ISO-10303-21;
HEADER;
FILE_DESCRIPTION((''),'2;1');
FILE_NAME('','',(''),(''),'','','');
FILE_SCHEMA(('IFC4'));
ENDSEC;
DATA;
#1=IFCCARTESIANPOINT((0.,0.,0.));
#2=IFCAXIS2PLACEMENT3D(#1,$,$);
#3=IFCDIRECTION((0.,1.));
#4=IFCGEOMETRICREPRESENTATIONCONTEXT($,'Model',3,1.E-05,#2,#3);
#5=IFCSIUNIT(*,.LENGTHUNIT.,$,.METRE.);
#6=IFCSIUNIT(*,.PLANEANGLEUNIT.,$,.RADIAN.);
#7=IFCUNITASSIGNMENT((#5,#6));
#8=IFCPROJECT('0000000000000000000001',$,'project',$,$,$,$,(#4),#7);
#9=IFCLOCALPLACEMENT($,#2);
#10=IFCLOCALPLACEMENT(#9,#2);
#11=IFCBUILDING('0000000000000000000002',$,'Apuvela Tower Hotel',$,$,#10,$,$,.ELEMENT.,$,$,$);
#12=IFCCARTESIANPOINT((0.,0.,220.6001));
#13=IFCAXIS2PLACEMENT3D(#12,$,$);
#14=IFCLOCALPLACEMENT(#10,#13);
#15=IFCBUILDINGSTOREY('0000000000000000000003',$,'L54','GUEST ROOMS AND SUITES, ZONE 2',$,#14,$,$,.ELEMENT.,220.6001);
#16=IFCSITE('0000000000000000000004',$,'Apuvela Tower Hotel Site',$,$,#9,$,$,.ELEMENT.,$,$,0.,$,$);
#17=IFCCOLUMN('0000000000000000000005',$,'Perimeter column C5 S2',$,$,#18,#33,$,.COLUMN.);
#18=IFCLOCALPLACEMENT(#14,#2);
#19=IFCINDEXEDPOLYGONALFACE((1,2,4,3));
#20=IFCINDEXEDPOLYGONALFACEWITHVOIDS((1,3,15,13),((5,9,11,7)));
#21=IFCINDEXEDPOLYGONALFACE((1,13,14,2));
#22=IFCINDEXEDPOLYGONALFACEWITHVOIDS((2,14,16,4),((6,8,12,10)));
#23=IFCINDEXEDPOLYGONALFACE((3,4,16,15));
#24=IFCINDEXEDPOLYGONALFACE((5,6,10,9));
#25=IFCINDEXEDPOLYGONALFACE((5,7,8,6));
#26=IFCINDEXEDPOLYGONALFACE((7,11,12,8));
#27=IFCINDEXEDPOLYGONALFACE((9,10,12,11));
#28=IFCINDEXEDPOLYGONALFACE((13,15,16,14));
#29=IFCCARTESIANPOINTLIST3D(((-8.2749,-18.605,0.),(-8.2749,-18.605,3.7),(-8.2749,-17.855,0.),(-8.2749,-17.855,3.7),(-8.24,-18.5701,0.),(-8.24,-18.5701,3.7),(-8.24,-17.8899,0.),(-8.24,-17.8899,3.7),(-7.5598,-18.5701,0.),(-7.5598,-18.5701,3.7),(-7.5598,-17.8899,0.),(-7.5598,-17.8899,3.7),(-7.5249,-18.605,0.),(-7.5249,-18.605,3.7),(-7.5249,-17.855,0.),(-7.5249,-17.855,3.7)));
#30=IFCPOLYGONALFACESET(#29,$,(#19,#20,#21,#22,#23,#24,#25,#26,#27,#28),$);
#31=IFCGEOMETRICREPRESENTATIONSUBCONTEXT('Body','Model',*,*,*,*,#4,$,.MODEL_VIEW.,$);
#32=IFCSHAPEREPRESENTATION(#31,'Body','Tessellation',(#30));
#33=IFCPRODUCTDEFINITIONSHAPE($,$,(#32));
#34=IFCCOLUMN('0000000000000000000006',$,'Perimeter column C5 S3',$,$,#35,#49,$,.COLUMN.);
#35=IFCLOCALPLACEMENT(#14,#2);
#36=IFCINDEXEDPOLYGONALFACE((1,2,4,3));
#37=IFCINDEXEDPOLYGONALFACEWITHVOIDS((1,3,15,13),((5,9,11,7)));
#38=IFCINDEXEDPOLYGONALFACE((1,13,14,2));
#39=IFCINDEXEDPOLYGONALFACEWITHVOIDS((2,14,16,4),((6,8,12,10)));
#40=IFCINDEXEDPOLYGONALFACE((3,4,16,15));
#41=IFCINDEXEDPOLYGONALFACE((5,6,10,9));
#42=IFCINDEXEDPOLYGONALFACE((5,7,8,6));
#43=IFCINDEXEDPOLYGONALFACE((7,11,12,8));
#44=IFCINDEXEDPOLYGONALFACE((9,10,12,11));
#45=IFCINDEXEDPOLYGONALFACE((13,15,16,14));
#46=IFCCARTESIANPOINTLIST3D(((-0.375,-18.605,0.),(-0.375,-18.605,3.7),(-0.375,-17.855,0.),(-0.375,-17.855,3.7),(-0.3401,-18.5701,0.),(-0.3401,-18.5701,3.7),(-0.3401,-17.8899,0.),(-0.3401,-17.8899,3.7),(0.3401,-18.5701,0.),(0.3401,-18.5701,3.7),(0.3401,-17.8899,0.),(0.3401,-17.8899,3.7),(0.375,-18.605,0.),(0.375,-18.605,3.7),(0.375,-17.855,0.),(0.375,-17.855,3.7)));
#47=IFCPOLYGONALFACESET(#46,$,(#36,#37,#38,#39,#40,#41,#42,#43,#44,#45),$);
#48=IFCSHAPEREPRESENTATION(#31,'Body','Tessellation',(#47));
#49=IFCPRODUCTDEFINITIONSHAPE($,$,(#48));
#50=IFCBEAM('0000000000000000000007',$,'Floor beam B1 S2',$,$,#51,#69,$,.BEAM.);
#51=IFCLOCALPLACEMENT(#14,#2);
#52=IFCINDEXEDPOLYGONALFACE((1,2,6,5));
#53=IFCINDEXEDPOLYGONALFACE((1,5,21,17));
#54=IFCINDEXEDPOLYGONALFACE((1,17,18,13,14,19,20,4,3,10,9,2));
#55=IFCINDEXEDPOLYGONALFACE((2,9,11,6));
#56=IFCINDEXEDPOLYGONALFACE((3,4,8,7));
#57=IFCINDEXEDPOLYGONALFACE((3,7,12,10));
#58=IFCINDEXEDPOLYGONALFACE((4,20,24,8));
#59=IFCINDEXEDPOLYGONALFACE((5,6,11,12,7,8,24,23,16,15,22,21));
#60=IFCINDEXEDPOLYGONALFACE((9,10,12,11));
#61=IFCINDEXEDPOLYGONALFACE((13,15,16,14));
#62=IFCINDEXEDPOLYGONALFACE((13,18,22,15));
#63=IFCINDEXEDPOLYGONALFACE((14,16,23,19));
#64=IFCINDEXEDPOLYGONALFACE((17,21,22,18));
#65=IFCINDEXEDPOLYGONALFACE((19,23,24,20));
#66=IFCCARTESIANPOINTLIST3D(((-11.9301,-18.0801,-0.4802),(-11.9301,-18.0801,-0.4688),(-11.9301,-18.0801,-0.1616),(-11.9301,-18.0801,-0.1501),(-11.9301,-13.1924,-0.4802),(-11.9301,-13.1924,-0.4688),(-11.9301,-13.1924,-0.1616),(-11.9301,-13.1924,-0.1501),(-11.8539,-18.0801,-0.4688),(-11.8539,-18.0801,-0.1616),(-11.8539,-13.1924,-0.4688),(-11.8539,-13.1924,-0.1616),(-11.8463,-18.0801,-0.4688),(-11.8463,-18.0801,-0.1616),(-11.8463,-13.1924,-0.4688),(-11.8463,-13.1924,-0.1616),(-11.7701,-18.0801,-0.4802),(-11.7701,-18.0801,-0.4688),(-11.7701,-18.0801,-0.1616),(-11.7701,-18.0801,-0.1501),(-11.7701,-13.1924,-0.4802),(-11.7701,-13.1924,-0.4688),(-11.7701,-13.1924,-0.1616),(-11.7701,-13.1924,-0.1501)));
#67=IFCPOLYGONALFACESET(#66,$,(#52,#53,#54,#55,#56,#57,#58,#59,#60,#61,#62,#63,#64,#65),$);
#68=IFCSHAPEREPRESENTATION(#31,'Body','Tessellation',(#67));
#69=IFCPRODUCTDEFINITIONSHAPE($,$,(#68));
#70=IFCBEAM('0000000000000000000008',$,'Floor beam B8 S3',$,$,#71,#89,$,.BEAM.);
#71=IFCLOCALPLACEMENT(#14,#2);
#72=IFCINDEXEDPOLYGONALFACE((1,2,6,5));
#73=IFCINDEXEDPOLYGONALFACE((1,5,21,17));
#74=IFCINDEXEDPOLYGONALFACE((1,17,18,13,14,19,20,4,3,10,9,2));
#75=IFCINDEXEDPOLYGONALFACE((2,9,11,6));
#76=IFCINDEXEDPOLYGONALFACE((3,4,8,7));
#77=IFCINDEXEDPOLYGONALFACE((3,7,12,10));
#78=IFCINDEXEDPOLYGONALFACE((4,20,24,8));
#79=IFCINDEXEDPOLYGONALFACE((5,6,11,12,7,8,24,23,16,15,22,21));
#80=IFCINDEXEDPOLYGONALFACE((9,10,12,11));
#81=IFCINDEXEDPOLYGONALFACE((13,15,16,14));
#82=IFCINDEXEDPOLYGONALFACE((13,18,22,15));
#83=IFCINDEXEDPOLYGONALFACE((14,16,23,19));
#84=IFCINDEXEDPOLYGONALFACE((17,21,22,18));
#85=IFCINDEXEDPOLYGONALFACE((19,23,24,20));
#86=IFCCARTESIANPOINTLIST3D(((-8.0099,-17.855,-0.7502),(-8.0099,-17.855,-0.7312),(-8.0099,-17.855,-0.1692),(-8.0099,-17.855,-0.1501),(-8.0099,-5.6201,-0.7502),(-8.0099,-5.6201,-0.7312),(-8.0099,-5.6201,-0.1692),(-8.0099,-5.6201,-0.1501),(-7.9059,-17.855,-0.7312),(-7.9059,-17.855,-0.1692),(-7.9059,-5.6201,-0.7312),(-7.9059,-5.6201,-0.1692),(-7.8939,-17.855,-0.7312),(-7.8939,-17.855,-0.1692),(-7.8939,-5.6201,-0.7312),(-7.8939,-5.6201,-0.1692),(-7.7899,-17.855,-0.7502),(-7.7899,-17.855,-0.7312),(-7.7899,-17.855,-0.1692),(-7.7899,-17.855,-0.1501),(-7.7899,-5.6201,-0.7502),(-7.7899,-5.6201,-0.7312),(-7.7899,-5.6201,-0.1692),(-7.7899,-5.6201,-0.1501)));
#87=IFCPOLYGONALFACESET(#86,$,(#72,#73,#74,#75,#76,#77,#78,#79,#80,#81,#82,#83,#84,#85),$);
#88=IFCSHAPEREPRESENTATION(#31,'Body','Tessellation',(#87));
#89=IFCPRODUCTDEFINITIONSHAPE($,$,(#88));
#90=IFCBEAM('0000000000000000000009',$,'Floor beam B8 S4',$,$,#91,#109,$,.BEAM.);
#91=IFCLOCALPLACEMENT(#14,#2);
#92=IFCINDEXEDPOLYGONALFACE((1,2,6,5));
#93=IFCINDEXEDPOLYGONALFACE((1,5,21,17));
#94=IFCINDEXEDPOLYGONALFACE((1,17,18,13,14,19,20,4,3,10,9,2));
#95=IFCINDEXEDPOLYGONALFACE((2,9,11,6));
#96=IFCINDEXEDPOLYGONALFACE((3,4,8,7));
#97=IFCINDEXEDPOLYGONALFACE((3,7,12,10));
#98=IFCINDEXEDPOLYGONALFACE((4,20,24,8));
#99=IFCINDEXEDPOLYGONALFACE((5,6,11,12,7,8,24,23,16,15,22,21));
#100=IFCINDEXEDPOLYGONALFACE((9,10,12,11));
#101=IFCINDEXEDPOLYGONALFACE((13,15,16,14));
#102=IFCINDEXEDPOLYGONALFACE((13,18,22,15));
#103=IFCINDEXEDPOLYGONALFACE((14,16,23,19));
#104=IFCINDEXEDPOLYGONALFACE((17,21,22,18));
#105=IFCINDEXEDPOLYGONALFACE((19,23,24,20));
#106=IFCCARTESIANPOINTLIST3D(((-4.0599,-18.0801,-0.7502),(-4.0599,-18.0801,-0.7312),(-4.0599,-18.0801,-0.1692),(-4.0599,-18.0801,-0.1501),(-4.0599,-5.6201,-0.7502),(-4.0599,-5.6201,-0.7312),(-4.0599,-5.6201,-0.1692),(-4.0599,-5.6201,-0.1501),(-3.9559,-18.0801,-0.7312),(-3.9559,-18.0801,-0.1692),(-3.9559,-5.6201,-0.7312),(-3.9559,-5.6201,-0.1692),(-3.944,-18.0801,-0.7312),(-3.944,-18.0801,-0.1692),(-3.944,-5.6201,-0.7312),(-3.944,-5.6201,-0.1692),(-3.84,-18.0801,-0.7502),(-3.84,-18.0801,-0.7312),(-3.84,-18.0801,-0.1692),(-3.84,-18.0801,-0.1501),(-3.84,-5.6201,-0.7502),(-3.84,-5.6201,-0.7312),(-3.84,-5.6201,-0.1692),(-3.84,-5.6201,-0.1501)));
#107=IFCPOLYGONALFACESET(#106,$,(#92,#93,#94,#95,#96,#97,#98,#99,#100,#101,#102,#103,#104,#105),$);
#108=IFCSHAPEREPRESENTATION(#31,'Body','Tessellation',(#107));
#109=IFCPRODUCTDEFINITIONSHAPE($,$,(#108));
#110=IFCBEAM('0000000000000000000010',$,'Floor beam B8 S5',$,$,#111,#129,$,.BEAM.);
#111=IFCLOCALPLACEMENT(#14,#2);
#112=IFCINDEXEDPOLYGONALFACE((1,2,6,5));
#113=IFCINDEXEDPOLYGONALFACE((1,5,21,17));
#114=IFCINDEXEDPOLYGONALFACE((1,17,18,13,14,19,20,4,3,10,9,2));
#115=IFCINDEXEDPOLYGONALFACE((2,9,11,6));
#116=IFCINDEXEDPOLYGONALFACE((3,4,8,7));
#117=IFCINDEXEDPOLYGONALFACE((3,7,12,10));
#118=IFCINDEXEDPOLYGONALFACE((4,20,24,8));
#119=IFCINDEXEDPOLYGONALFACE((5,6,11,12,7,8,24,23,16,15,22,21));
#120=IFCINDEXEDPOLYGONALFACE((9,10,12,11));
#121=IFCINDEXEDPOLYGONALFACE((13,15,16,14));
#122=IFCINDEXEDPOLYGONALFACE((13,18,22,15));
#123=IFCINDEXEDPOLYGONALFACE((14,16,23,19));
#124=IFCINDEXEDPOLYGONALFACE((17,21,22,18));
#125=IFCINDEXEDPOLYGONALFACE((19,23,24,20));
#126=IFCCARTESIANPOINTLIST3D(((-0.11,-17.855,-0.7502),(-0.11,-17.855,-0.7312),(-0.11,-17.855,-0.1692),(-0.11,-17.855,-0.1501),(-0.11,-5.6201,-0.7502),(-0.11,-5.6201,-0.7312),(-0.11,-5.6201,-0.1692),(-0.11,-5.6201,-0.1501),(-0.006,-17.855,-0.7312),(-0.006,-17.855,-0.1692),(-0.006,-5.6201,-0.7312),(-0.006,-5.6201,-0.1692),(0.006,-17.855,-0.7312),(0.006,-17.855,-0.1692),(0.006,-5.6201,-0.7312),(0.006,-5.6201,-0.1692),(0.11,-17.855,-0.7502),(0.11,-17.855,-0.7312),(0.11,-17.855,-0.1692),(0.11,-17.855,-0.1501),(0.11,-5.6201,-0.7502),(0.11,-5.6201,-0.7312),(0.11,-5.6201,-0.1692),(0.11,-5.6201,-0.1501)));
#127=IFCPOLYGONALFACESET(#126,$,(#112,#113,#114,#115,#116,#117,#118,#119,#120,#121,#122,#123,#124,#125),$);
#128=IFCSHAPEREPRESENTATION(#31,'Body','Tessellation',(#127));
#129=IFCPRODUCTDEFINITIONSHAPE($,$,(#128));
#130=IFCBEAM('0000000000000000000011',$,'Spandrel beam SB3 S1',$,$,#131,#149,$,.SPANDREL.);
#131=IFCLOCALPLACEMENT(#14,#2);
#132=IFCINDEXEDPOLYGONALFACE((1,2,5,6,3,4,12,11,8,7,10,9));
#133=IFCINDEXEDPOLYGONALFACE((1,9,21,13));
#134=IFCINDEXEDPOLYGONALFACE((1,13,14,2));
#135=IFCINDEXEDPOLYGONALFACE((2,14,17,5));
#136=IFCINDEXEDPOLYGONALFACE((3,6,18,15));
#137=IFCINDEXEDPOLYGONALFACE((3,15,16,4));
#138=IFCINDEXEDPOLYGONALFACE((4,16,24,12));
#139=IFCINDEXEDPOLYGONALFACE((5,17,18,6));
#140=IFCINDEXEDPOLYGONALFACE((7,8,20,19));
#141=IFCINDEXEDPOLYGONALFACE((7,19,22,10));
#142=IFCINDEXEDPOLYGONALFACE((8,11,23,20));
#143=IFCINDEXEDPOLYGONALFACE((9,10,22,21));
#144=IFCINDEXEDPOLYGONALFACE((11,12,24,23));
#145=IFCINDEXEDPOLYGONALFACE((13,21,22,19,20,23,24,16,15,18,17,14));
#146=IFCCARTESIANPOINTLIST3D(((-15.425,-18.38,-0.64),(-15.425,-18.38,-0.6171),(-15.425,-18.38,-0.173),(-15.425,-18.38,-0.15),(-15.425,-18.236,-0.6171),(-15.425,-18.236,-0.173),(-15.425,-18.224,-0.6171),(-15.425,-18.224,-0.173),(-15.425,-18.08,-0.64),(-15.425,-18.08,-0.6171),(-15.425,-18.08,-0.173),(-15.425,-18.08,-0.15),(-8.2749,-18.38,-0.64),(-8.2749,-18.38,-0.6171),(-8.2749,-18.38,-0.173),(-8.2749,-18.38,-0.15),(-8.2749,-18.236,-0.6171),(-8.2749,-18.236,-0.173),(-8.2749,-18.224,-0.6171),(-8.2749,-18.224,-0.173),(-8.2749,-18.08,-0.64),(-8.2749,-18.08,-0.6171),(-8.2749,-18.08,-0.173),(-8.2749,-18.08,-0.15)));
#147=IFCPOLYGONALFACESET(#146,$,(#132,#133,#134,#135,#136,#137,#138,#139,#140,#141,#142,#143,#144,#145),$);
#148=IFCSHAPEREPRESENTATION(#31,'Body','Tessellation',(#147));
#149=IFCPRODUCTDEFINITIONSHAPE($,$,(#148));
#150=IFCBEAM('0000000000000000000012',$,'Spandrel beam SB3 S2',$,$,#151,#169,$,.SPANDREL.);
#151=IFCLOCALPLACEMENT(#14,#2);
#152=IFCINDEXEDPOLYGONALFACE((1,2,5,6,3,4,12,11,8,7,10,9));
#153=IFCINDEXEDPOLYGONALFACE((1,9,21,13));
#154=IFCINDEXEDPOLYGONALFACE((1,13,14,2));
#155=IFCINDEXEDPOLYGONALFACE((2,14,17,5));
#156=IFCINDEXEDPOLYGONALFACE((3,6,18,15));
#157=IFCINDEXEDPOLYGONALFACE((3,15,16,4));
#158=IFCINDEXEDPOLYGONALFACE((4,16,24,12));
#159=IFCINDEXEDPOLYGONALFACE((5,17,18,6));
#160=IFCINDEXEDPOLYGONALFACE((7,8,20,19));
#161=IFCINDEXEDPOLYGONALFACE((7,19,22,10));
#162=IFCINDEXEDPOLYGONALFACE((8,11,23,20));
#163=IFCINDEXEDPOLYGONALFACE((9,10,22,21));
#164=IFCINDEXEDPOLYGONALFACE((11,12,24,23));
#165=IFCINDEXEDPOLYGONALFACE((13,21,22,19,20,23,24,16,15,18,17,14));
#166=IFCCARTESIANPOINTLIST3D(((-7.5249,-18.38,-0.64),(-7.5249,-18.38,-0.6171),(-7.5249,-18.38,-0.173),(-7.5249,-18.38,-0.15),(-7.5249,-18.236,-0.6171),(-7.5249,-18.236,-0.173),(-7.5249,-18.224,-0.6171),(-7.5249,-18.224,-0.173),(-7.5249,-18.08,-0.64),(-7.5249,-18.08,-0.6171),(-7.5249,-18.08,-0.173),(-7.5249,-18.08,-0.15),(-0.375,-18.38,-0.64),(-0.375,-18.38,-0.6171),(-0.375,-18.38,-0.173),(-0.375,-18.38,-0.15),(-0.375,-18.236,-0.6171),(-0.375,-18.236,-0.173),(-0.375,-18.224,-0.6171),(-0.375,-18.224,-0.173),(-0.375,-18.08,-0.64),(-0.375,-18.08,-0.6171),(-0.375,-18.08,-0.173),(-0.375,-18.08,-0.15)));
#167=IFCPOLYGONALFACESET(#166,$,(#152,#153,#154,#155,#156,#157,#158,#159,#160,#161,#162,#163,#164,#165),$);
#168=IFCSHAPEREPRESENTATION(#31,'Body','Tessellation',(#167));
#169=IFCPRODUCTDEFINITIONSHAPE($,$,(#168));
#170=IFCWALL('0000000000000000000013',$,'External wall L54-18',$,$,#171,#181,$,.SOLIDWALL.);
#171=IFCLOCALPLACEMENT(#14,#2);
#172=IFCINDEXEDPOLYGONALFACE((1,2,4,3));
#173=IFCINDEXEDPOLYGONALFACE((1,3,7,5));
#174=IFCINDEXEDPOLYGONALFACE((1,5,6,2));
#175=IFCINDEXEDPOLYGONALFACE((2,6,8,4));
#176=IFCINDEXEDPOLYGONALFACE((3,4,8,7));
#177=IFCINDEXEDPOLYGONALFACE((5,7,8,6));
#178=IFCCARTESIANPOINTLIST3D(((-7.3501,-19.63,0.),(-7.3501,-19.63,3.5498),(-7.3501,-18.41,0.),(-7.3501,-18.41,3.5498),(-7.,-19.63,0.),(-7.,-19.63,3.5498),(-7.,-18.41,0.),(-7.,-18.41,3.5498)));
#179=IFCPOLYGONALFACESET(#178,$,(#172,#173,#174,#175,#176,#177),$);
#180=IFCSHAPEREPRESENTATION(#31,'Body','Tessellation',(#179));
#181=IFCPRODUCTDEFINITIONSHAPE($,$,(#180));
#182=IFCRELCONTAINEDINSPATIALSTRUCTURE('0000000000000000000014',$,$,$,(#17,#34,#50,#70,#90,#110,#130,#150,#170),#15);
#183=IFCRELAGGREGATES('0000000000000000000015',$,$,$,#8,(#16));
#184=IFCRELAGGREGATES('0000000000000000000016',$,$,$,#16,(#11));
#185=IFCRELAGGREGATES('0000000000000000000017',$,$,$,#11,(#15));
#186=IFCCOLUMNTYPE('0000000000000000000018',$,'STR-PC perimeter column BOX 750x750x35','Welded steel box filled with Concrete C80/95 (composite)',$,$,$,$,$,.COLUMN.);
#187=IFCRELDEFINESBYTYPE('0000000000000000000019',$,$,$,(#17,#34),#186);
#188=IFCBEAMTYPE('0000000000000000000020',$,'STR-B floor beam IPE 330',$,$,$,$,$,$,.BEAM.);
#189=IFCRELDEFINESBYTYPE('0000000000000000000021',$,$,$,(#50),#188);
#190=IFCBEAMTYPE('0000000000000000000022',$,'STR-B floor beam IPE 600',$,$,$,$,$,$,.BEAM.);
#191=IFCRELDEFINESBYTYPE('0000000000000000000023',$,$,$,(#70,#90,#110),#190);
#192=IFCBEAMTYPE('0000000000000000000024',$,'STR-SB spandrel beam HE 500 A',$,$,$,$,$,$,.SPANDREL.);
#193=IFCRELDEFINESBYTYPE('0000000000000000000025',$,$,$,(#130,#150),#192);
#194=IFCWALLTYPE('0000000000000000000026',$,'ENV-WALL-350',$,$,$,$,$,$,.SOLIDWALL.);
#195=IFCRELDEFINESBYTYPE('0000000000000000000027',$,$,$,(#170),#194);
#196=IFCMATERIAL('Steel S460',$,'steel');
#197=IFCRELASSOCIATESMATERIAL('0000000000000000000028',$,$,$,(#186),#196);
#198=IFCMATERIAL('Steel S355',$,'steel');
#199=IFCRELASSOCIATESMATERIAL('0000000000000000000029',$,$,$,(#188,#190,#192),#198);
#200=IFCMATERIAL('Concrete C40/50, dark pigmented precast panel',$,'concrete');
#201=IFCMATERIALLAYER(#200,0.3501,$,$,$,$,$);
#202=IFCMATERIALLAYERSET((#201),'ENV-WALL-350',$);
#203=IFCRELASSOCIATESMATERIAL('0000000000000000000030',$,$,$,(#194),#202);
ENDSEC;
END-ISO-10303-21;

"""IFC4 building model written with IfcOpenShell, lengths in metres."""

from ifc_helpers import new_model, si_unit, direction, frame, frame_2d, origin, origin_2d, place, context, subcontext, project, spatial, rectangle, hollow_rectangle, i_section, extrude, material, layer, layer_set, material_profile, profile_set, type_object, element, save


model = new_model("IFC4")

# Units and contexts
model_context = context("Model", 3, precision=1e-05, world=origin(), true_north=direction((0.0, 1.0)))
body_context = subcontext(model_context, "Body", "Model", "MODEL_VIEW")
ifc_project = project(units=[si_unit("LENGTHUNIT", "METRE"), si_unit("PLANEANGLEUNIT", "RADIAN")], contexts=[model_context])

# Site, building, storey
site_placement = place(None, origin())
site = spatial("IfcSite", under=ifc_project, at=site_placement, Name="Apuvela Tower Hotel Site", CompositionType="ELEMENT", RefElevation=0.0)
building_placement = place(site_placement, origin())
building = spatial("IfcBuilding", under=site, at=building_placement, Name="Apuvela Tower Hotel", CompositionType="ELEMENT")
storey_placement = place(building_placement, frame((0.0, 0.0, 220.6001)))
storey = spatial("IfcBuildingStorey", under=building, at=storey_placement, Name="L54", Description="GUEST ROOMS AND SUITES, ZONE 2", CompositionType="ELEMENT", Elevation=220.6001)

# Columns
ifc_material_1 = material(Name="Steel S460", Category="steel")
ifc_material_profile_1 = material_profile(ifc_material_1, hollow_rectangle(XDim=0.75, YDim=0.75, WallThickness=0.0349, at=origin_2d()), Name="BOX 750x750x35")
ifc_material_2 = material(Name="Concrete C80/95", Category="concrete")
ifc_material_profile_2 = material_profile(ifc_material_2, rectangle(XDim=0.6799, YDim=0.6799, at=origin_2d()), Name="Concrete C80/95 infill")
ifc_profile_set_1 = profile_set([ifc_material_profile_1, ifc_material_profile_2], Name="Steel S460")
column_type = type_object("IfcColumnType", Name="STR-PC perimeter column BOX 750x750x35", Description="Welded steel box filled with Concrete C80/95 (composite)", PredefinedType="COLUMN", material=ifc_profile_set_1)
for number, where, z_axis, x_axis, name in (
    (1, (-7.8999, -18.23, 0.0), (0.0, 0.0, 1.0), (-1.0, 0.0, 0.0), "Perimeter column C5 S2"),
    (2, (0.0, -18.23, 0.0), (0.0, 0.0, 1.0), (-1.0, 0.0, 0.0), "Perimeter column C5 S3"),
):
    element("IfcColumn", number, at=place(storey_placement, frame(where, z_axis=z_axis, x_axis=x_axis)), inside=storey, type_object=column_type, Name=name, PredefinedType="COLUMN", context=body_context, shape_type="SweptSolid", body=[
        extrude(hollow_rectangle(XDim=0.75, YDim=0.75, WallThickness=0.0349, at=origin_2d()), origin(), (0.0, 0.0, 1.0), 3.7),
    ])

# Beams
ifc_material_3 = material(Name="Steel S355", Category="steel")
ifc_material_profile_3 = material_profile(ifc_material_3, i_section(OverallWidth=0.1599, OverallDepth=0.3301, WebThickness=0.0076, FlangeThickness=0.0115, at=origin_2d()), Name="IPE 330")
ifc_profile_set_2 = profile_set([ifc_material_profile_3], Name="Steel S355")
beam_type_1 = type_object("IfcBeamType", Name="STR-B floor beam IPE 330", PredefinedType="BEAM", material=ifc_profile_set_2)
beam_1_placement = place(storey_placement, frame((-11.8501, -18.0801, -0.3152), z_axis=(0.0, 1.0, 0.0), x_axis=(-1.0, 0.0, 0.0)))
element("IfcBeam", 3, at=beam_1_placement, inside=storey, type_object=beam_type_1, Name="Floor beam B1 S2", PredefinedType="BEAM", context=body_context, shape_type="SweptSolid", body=[
    extrude(i_section(OverallWidth=0.1599, OverallDepth=0.3301, WebThickness=0.0076, FlangeThickness=0.0115, at=origin_2d()), origin(), (0.0, 0.0, 1.0), 4.8877),
])
ifc_material_profile_4 = material_profile(ifc_material_3, i_section(OverallWidth=0.22, OverallDepth=0.6001, WebThickness=0.012, FlangeThickness=0.019, at=origin_2d()), Name="IPE 600")
ifc_profile_set_3 = profile_set([ifc_material_profile_4], Name="Steel S355")
beam_type_2 = type_object("IfcBeamType", Name="STR-B floor beam IPE 600", PredefinedType="BEAM", material=ifc_profile_set_3)
beam_2_placement = place(storey_placement, frame((-7.8999, -17.855, -0.4502), z_axis=(0.0, 1.0, 0.0), x_axis=(-1.0, 0.0, 0.0)))
element("IfcBeam", 4, at=beam_2_placement, inside=storey, type_object=beam_type_2, Name="Floor beam B8 S3", PredefinedType="BEAM", context=body_context, shape_type="SweptSolid", body=[
    extrude(i_section(OverallWidth=0.22, OverallDepth=0.6001, WebThickness=0.012, FlangeThickness=0.019, at=origin_2d()), origin(), (0.0, 0.0, 1.0), 12.2349),
])
beam_3_placement = place(storey_placement, frame((-3.95, -18.0801, -0.4502), z_axis=(0.0, 1.0, 0.0), x_axis=(-1.0, 0.0, 0.0)))
element("IfcBeam", 5, at=beam_3_placement, inside=storey, type_object=beam_type_2, Name="Floor beam B8 S4", PredefinedType="BEAM", context=body_context, shape_type="SweptSolid", body=[
    extrude(i_section(OverallWidth=0.22, OverallDepth=0.6001, WebThickness=0.012, FlangeThickness=0.019, at=origin_2d()), origin(), (0.0, 0.0, 1.0), 12.46),
])
beam_4_placement = place(storey_placement, frame((0.0, -17.855, -0.4502), z_axis=(0.0, 1.0, 0.0), x_axis=(-1.0, 0.0, 0.0)))
element("IfcBeam", 6, at=beam_4_placement, inside=storey, type_object=beam_type_2, Name="Floor beam B8 S5", PredefinedType="BEAM", context=body_context, shape_type="SweptSolid", body=[
    extrude(i_section(OverallWidth=0.22, OverallDepth=0.6001, WebThickness=0.012, FlangeThickness=0.019, at=origin_2d()), origin(), (0.0, 0.0, 1.0), 12.2349),
])
ifc_material_profile_5 = material_profile(ifc_material_3, i_section(OverallWidth=0.3, OverallDepth=0.49, WebThickness=0.012, FlangeThickness=0.0229, at=origin_2d()), Name="HE 500 A")
ifc_profile_set_4 = profile_set([ifc_material_profile_5], Name="Steel S355")
beam_type_3 = type_object("IfcBeamType", Name="STR-SB spandrel beam HE 500 A", PredefinedType="SPANDREL", material=ifc_profile_set_4)
beam_5_placement = place(storey_placement, frame((-15.425, -18.23, -0.395), z_axis=(1.0, 0.0, 0.0), x_axis=(0.0, 1.0, 0.0)))
element("IfcBeam", 7, at=beam_5_placement, inside=storey, type_object=beam_type_3, Name="Spandrel beam SB3 S1", PredefinedType="SPANDREL", context=body_context, shape_type="SweptSolid", body=[
    extrude(i_section(OverallWidth=0.3, OverallDepth=0.49, WebThickness=0.012, FlangeThickness=0.0229, at=origin_2d()), origin(), (0.0, 0.0, 1.0), 7.1501),
])
beam_6_placement = place(storey_placement, frame((-7.5249, -18.23, -0.395), z_axis=(1.0, 0.0, 0.0), x_axis=(0.0, 1.0, 0.0)))
element("IfcBeam", 8, at=beam_6_placement, inside=storey, type_object=beam_type_3, Name="Spandrel beam SB3 S2", PredefinedType="SPANDREL", context=body_context, shape_type="SweptSolid", body=[
    extrude(i_section(OverallWidth=0.3, OverallDepth=0.49, WebThickness=0.012, FlangeThickness=0.0229, at=origin_2d()), origin(), (0.0, 0.0, 1.0), 7.1499),
])

# Wall
ifc_material_4 = material(Name="Concrete C40/50, dark pigmented precast panel", Category="concrete")
ifc_layer_1 = layer(ifc_material_4, 0.3501)
ifc_layer_set_1 = layer_set([ifc_layer_1], Name="ENV-WALL-350")
wall_type_1 = type_object("IfcWallType", Name="ENV-WALL-350", PredefinedType="SOLIDWALL", material=ifc_layer_set_1)
wall_1_placement = place(storey_placement, frame((-7.175, -19.6299, 0.0), z_axis=(0.0, 0.0, 1.0), x_axis=(0.0, 1.0, 0.0)))
element("IfcWall", 9, at=wall_1_placement, inside=storey, type_object=wall_type_1, Name="External wall L54-18", PredefinedType="SOLIDWALL", context=body_context, shape_type="SweptSolid", body=[
    extrude(rectangle(XDim=1.22, YDim=0.3501, at=frame_2d((0.6099, 0.0))), origin(), (0.0, 0.0, 1.0), 3.5498),
])

save(model, "model.ifc")
